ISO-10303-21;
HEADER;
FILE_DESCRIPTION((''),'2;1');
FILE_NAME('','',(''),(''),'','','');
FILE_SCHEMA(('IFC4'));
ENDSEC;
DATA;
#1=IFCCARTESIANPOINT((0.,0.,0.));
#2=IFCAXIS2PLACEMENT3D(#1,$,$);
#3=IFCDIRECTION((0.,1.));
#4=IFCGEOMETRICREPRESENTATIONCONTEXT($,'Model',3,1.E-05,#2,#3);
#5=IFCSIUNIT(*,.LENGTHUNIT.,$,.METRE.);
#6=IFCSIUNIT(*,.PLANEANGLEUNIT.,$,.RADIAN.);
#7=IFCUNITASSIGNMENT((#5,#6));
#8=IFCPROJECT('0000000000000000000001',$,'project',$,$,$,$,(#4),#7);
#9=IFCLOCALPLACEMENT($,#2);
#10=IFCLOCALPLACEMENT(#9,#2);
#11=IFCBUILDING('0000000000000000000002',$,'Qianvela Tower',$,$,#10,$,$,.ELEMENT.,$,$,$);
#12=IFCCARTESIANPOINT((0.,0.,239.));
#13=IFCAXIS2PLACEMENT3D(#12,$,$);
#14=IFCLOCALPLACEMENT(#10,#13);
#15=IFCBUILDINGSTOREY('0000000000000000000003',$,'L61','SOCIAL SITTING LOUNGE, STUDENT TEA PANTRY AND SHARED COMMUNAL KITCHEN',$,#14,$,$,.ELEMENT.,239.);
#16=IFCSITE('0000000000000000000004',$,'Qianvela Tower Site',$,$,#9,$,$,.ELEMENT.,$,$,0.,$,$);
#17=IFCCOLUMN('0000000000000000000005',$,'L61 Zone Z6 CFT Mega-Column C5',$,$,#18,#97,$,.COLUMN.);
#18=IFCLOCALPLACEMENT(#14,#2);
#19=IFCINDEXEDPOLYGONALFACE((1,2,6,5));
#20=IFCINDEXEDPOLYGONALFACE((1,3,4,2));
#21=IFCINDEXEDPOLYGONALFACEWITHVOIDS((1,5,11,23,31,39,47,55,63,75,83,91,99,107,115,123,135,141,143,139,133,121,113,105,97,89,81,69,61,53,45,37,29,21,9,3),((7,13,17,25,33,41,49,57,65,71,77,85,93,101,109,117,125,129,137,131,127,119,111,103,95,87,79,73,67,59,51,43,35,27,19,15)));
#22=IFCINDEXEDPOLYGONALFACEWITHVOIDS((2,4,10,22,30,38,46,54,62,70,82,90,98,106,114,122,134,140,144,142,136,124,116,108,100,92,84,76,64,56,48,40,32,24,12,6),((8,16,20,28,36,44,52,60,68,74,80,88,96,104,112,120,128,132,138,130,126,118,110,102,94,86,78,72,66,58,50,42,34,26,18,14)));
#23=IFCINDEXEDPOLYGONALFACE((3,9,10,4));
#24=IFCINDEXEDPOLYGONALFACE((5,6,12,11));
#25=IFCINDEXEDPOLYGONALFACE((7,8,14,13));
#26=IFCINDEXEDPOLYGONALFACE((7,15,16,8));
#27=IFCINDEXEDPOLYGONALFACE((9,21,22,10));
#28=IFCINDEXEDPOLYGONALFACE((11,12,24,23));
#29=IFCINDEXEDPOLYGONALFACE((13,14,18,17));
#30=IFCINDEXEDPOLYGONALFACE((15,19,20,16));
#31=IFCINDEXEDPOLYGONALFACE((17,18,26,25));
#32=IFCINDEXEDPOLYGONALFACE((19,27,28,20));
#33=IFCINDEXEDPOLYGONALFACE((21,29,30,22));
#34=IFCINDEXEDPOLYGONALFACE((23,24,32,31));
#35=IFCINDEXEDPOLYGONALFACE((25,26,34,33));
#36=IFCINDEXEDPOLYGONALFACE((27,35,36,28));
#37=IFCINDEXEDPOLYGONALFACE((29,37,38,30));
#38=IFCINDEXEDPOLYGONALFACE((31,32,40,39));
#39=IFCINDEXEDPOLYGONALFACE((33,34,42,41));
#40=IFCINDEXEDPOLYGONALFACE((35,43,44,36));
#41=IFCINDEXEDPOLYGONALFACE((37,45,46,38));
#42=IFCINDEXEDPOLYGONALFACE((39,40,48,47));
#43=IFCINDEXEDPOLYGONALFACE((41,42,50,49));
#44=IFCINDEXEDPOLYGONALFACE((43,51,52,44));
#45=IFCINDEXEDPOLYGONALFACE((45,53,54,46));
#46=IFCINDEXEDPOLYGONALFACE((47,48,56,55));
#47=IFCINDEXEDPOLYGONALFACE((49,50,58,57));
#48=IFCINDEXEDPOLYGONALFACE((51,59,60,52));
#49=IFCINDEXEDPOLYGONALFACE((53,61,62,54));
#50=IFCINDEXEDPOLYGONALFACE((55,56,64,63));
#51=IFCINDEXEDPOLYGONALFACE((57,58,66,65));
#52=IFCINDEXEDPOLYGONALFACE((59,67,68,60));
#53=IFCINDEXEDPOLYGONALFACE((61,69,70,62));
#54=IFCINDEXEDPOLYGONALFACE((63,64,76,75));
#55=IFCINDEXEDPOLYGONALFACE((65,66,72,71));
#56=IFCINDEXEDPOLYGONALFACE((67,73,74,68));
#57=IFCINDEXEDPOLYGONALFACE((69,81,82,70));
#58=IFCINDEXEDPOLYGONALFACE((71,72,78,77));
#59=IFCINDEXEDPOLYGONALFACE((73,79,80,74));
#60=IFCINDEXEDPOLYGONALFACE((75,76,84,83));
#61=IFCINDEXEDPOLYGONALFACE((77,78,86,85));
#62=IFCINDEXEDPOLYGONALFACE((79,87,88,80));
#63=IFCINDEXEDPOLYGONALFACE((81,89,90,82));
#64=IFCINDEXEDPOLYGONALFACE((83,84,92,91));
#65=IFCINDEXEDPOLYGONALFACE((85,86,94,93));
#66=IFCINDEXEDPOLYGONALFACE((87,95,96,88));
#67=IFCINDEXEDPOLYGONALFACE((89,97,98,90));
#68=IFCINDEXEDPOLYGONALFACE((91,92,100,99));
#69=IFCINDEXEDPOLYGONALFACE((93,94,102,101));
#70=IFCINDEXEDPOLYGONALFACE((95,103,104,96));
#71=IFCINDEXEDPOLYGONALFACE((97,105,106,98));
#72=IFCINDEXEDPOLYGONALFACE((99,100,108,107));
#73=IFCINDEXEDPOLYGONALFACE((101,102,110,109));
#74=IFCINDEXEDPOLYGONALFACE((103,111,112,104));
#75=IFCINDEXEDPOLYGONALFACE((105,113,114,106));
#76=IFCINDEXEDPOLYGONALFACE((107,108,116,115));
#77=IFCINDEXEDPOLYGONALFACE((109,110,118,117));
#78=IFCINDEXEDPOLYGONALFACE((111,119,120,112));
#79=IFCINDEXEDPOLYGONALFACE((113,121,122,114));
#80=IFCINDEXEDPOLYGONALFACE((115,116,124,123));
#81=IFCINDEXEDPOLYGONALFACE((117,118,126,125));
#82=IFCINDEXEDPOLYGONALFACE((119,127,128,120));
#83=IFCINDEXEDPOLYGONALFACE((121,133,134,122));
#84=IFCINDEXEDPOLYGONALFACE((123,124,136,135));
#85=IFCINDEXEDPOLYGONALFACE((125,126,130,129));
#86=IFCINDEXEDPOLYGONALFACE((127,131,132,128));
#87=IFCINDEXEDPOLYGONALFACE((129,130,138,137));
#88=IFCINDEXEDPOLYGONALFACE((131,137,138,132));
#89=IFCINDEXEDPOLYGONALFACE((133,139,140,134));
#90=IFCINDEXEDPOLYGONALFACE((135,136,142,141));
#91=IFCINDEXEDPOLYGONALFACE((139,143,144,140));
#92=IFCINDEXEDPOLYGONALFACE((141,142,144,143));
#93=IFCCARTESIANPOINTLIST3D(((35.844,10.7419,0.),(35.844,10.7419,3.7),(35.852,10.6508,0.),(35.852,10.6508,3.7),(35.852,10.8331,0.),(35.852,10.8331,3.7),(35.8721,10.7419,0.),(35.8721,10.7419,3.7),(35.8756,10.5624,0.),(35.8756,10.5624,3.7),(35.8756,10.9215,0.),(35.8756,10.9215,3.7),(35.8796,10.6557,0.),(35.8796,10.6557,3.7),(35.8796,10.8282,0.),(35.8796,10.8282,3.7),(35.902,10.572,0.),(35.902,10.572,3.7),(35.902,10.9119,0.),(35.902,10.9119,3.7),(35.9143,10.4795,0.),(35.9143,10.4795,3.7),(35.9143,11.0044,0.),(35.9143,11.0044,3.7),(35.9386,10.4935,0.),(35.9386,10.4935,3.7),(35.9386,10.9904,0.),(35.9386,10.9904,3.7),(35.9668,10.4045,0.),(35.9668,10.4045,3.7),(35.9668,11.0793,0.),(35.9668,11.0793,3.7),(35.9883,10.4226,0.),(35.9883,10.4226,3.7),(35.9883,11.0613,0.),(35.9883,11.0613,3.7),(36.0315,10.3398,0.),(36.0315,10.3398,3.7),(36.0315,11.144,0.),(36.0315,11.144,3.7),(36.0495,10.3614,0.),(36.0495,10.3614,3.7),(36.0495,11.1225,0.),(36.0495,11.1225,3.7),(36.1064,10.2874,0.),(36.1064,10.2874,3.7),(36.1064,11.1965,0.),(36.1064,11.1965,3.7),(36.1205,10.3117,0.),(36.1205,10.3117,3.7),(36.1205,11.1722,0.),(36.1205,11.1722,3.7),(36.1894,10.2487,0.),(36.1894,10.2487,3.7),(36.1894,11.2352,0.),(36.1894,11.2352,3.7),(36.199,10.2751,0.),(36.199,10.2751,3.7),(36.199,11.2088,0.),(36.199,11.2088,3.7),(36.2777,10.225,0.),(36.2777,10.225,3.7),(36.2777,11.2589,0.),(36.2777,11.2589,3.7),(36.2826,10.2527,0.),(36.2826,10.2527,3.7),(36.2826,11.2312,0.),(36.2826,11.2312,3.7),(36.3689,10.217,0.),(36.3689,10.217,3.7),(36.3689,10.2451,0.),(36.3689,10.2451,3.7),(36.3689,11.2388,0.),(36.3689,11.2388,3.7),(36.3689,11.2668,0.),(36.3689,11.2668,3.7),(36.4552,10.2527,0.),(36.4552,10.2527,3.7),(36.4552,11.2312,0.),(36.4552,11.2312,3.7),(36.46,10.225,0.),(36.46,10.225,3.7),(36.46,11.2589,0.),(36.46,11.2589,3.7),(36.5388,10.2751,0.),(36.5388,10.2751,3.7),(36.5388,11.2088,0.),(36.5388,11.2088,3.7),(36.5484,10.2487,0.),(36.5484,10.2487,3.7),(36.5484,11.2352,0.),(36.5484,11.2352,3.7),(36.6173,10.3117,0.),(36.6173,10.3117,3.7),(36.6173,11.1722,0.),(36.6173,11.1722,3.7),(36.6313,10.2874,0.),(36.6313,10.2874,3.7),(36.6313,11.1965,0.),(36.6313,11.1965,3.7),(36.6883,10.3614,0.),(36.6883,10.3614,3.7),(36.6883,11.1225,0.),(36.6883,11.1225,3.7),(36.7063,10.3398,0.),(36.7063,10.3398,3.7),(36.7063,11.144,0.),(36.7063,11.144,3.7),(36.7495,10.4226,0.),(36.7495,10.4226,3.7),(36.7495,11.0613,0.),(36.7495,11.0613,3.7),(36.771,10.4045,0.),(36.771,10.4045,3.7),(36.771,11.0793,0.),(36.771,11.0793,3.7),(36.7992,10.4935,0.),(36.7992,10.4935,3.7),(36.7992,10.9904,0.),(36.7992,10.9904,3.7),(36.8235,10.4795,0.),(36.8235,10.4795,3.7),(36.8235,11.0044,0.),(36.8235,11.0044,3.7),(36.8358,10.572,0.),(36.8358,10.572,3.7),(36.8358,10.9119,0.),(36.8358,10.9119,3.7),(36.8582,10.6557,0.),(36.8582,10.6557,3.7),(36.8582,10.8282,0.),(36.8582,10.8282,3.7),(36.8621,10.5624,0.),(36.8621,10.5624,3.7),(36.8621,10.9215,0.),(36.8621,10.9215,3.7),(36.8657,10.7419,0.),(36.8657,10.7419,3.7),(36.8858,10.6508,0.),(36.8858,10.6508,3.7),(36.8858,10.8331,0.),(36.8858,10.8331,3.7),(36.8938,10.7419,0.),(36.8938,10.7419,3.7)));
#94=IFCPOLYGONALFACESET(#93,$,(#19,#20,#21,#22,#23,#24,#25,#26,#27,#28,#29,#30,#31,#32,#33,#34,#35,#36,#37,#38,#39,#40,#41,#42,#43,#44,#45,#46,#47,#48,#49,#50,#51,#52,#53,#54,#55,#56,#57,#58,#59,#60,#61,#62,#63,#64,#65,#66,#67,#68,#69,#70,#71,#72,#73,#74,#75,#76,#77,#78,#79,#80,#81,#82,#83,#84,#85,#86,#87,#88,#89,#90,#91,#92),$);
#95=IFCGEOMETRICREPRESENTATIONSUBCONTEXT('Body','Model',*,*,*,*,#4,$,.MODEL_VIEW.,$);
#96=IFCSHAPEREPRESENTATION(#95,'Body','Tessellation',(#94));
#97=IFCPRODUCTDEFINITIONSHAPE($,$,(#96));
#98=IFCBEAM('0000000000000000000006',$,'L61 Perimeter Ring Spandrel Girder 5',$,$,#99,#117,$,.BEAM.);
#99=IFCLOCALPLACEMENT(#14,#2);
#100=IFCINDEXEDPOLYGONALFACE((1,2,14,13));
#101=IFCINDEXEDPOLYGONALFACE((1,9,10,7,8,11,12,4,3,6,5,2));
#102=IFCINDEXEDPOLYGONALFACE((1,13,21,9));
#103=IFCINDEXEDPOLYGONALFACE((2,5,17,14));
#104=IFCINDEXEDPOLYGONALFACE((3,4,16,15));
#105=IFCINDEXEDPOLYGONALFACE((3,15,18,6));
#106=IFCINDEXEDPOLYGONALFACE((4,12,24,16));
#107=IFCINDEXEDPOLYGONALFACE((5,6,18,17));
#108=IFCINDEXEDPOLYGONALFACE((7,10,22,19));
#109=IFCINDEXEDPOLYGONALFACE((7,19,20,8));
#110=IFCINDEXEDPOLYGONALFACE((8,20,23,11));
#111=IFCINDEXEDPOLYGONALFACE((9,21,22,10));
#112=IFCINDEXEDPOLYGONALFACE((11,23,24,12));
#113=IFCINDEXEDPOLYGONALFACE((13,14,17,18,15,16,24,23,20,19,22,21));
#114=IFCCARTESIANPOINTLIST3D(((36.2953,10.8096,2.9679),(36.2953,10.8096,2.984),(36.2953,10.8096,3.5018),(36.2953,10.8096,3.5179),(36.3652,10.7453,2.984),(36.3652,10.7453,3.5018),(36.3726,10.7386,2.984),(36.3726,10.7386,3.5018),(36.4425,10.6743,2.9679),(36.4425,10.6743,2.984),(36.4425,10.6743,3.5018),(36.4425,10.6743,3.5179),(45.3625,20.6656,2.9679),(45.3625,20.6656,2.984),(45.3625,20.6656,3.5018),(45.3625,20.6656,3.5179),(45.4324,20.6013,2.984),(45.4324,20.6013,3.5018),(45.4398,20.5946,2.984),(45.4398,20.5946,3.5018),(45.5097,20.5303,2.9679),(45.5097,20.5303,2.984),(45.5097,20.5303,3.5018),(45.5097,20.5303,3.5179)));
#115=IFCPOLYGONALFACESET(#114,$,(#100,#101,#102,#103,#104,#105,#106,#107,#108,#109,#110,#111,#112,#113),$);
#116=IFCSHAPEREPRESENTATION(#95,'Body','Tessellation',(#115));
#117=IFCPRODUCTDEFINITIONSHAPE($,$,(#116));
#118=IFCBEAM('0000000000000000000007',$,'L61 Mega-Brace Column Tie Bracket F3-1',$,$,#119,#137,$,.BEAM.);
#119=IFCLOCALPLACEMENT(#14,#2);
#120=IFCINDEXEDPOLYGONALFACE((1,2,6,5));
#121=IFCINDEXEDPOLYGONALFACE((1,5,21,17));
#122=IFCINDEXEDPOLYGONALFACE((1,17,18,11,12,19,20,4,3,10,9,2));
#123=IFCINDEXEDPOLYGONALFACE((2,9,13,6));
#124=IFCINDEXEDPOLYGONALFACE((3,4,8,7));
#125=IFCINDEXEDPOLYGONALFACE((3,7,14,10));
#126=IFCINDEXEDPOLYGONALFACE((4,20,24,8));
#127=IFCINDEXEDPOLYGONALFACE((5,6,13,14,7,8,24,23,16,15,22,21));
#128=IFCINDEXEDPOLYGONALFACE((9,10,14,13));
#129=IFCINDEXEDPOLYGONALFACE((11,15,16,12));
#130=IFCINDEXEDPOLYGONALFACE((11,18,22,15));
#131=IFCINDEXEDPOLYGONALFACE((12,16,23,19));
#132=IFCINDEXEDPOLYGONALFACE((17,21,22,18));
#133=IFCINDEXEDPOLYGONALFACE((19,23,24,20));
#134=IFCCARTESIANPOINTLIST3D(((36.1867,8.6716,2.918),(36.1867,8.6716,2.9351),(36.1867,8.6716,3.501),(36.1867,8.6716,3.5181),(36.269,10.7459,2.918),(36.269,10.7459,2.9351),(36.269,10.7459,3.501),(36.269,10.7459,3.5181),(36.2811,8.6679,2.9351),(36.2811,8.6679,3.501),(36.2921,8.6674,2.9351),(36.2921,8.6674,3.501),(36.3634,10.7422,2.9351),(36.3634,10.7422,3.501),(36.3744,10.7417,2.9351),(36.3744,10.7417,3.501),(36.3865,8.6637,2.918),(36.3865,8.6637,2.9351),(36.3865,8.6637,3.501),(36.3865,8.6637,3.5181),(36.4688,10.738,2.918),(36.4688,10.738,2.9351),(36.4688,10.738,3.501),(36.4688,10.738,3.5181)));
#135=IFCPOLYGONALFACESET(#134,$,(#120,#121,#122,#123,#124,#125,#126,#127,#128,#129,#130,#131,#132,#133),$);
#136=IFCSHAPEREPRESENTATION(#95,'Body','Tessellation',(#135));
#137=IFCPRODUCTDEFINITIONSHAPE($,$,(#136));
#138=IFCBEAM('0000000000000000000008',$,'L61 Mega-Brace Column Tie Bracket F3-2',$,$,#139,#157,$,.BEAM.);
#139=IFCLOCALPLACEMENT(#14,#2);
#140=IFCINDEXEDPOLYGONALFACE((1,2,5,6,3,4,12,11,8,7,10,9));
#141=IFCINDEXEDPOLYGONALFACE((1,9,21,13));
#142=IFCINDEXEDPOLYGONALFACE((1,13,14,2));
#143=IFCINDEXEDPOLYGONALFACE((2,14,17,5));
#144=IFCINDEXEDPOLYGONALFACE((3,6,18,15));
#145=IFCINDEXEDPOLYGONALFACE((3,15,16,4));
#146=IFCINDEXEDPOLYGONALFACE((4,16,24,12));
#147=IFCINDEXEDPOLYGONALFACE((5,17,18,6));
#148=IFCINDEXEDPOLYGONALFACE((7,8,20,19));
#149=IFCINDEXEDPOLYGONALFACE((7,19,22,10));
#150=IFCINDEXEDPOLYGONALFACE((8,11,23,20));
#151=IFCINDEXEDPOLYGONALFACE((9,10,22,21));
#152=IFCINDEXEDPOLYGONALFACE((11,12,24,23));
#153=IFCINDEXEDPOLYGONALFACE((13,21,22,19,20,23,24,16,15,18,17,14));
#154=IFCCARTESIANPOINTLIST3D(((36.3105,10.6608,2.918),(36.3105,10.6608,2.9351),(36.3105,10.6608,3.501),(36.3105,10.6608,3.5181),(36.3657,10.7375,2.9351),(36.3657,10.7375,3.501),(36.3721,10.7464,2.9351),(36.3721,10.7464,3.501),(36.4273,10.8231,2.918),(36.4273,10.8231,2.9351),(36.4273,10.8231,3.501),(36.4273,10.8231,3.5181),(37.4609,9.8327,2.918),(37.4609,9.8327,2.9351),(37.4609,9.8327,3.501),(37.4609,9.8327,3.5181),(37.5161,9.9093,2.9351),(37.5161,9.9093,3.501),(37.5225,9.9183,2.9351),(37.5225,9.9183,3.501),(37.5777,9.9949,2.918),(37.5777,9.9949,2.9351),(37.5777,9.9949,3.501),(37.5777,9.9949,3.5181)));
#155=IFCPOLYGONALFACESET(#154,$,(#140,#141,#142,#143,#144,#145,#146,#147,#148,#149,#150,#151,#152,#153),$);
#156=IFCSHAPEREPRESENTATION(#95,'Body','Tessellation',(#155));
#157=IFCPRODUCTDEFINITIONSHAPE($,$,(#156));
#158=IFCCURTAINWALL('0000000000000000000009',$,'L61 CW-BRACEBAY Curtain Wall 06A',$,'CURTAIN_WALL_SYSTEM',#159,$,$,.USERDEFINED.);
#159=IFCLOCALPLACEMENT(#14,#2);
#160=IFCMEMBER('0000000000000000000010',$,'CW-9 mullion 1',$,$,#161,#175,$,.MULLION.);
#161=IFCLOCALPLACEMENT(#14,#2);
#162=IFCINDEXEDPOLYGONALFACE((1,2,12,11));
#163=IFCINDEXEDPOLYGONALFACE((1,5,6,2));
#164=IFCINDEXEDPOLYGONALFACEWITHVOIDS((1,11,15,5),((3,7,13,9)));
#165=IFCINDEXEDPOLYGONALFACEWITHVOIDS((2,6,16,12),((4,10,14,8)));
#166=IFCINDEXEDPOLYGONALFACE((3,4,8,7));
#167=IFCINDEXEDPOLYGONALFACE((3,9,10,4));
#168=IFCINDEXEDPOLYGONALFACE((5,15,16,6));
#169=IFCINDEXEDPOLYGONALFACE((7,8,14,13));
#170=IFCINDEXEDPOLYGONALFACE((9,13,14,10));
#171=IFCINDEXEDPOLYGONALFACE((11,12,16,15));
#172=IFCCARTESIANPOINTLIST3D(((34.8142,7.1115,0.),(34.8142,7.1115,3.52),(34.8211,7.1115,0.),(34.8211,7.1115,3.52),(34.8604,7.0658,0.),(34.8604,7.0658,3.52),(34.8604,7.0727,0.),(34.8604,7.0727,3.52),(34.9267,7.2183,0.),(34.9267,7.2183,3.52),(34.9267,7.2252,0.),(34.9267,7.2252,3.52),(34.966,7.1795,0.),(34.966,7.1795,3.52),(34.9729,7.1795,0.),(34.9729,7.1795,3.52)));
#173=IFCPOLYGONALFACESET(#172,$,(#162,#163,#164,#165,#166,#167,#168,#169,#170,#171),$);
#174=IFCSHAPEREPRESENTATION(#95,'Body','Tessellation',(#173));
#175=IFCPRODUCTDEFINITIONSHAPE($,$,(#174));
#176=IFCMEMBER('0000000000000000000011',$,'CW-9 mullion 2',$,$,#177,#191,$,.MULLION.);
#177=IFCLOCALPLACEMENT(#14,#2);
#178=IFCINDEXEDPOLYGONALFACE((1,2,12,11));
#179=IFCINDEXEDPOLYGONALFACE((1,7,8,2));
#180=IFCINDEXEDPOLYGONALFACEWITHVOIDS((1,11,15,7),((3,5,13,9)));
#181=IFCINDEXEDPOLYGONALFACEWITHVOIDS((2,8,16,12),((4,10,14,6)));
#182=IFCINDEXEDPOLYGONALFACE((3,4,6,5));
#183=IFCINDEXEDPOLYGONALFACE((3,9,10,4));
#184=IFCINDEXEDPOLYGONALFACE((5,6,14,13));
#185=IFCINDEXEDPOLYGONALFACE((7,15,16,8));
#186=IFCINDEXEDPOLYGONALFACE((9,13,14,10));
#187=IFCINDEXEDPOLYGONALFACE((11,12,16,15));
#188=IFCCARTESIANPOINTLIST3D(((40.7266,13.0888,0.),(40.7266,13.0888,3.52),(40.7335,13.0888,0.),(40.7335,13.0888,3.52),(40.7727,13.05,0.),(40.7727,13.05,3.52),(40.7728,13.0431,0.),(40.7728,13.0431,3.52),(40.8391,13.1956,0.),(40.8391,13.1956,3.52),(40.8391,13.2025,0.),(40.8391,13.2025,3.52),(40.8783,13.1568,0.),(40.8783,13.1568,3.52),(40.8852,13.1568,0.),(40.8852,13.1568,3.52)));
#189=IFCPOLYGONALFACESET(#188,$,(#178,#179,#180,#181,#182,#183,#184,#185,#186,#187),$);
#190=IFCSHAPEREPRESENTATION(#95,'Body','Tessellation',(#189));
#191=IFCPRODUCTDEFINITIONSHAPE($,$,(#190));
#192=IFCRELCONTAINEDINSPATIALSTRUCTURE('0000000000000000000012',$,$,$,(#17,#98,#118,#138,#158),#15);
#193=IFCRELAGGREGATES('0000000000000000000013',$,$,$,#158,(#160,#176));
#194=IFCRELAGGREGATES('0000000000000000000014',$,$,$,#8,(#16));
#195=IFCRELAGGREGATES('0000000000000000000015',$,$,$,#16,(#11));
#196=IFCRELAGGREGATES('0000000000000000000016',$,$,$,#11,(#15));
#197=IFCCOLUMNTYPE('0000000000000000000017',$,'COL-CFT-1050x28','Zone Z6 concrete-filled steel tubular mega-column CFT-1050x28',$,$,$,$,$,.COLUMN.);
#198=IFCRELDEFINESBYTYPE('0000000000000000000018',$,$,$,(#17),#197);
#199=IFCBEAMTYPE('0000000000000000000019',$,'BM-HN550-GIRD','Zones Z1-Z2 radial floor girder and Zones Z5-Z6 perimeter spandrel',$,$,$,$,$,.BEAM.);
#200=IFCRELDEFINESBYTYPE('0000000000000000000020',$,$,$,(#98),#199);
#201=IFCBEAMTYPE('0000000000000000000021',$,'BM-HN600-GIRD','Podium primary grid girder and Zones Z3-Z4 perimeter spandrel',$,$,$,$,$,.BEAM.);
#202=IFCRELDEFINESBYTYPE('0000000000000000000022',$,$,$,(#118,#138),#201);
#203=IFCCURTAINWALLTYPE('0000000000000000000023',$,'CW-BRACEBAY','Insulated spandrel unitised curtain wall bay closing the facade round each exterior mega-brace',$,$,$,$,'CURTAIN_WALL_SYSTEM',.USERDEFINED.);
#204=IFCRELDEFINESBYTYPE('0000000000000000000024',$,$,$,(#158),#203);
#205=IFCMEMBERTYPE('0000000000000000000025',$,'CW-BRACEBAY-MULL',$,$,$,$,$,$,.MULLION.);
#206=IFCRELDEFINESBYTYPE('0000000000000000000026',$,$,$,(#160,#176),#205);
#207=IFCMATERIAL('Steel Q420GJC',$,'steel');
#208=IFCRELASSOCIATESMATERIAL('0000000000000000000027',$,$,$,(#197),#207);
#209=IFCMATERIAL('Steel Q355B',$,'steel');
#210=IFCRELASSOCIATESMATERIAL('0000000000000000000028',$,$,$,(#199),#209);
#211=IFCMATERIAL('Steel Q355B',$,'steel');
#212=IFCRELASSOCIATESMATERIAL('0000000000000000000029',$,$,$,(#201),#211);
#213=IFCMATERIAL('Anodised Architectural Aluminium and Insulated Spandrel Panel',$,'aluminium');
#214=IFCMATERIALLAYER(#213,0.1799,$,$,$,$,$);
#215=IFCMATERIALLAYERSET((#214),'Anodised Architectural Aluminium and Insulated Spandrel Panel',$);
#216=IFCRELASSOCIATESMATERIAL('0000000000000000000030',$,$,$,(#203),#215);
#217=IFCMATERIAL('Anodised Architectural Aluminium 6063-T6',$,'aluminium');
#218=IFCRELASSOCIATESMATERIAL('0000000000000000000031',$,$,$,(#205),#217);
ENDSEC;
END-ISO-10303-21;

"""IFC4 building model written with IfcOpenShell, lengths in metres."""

from ifc_helpers import new_model, si_unit, direction, frame, origin, origin_2d, place, context, subcontext, project, spatial, hollow_rectangle, hollow_circle, i_section, extrude, material, layer, layer_set, material_profile, profile_set, type_object, element, aggregate, save


model = new_model("IFC4")

# Units and contexts
model_context = context("Model", 3, precision=1e-05, world=origin(), true_north=direction((0.0, 1.0)))
body_context = subcontext(model_context, "Body", "Model", "MODEL_VIEW")
ifc_project = project(units=[si_unit("LENGTHUNIT", "METRE"), si_unit("PLANEANGLEUNIT", "RADIAN")], contexts=[model_context])

# Site, building, storey
site_placement = place(None, origin())
site = spatial("IfcSite", under=ifc_project, at=site_placement, Name="Qianvela Tower Site", CompositionType="ELEMENT", RefElevation=0.0)
building_placement = place(site_placement, origin())
building = spatial("IfcBuilding", under=site, at=building_placement, Name="Qianvela Tower", CompositionType="ELEMENT")
storey_placement = place(building_placement, frame((0.0, 0.0, 239.0)))
storey = spatial("IfcBuildingStorey", under=building, at=storey_placement, Name="L61", Description="SOCIAL SITTING LOUNGE, STUDENT TEA PANTRY AND SHARED COMMUNAL KITCHEN", CompositionType="ELEMENT", Elevation=239.0)

# Column
ifc_material_1 = material(Name="Steel Q420GJC", Category="steel")
ifc_material_profile_1 = material_profile(ifc_material_1, hollow_circle(Radius=0.5249, WallThickness=0.0281, at=origin_2d()), Name="CFT-1050x28")
ifc_profile_set_1 = profile_set([ifc_material_profile_1], Name="Steel Q420GJC")
column_type = type_object("IfcColumnType", Name="COL-CFT-1050x28", Description="Zone Z6 concrete-filled steel tubular mega-column CFT-1050x28", PredefinedType="COLUMN", material=ifc_profile_set_1)
column_placement = place(storey_placement, frame((36.3689, 10.7419, 0.0), z_axis=(0.0, 0.0, 1.0), x_axis=(1.0, 0.0, 0.0)))
element("IfcColumn", 1, at=column_placement, inside=storey, type_object=column_type, Name="L61 Zone Z6 CFT Mega-Column C5", PredefinedType="COLUMN", context=body_context, shape_type="SweptSolid", body=[
    extrude(hollow_circle(Radius=0.5249, WallThickness=0.0281, at=origin_2d()), origin(), (0.0, 0.0, 1.0), 3.7),
])

# Beams
ifc_material_2 = material(Name="Steel Q355B", Category="steel")
ifc_material_profile_2 = material_profile(ifc_material_2, i_section(OverallWidth=0.2, OverallDepth=0.55, WebThickness=0.01, FlangeThickness=0.0161, at=origin_2d()), Name="HN550x200x10x16")
ifc_profile_set_2 = profile_set([ifc_material_profile_2], Name="Steel Q355B")
beam_type_1 = type_object("IfcBeamType", Name="BM-HN550-GIRD", Description="Zones Z1-Z2 radial floor girder and Zones Z5-Z6 perimeter spandrel", PredefinedType="BEAM", material=ifc_profile_set_2)
beam_1_placement = place(storey_placement, frame((36.3689, 10.7419, 3.2429), z_axis=(0.677043, 0.735944, 0.0), x_axis=(-0.735944, 0.677043, 0.0)))
element("IfcBeam", 2, at=beam_1_placement, inside=storey, type_object=beam_type_1, Name="L61 Perimeter Ring Spandrel Girder 5", PredefinedType="BEAM", context=body_context, shape_type="SweptSolid", body=[
    extrude(i_section(OverallWidth=0.2, OverallDepth=0.55, WebThickness=0.01, FlangeThickness=0.0161, at=origin_2d()), origin(), (0.0, 0.0, 1.0), 13.3923),
])
ifc_material_3 = material(Name="Steel Q355B", Category="steel")
ifc_material_profile_3 = material_profile(ifc_material_3, i_section(OverallWidth=0.2, OverallDepth=0.6001, WebThickness=0.011, FlangeThickness=0.0171, at=origin_2d()), Name="HN600x200x11x17")
ifc_profile_set_3 = profile_set([ifc_material_profile_3], Name="Steel Q355B")
beam_type_2 = type_object("IfcBeamType", Name="BM-HN600-GIRD", Description="Podium primary grid girder and Zones Z3-Z4 perimeter spandrel", PredefinedType="BEAM", material=ifc_profile_set_3)
beam_2_placement = place(storey_placement, frame((36.3689, 10.7419, 3.218), z_axis=(-0.039635, -0.999214, 0.0), x_axis=(0.999214, -0.039635, 0.0)))
element("IfcBeam", 3, at=beam_2_placement, inside=storey, type_object=beam_type_2, Name="L61 Mega-Brace Column Tie Bracket F3-1", PredefinedType="BEAM", context=body_context, shape_type="SweptSolid", body=[
    extrude(i_section(OverallWidth=0.2, OverallDepth=0.6001, WebThickness=0.011, FlangeThickness=0.0171, at=origin_2d()), origin(), (0.0, 0.0, 1.0), 2.0759),
])
beam_3_placement = place(storey_placement, frame((36.3689, 10.7419, 3.218), z_axis=(0.811587, -0.584232, 0.0), x_axis=(0.584232, 0.811587, 0.0)))
element("IfcBeam", 4, at=beam_3_placement, inside=storey, type_object=beam_type_2, Name="L61 Mega-Brace Column Tie Bracket F3-2", PredefinedType="BEAM", context=body_context, shape_type="SweptSolid", body=[
    extrude(i_section(OverallWidth=0.2, OverallDepth=0.6001, WebThickness=0.011, FlangeThickness=0.0171, at=origin_2d()), origin(), (0.0, 0.0, 1.0), 1.4175),
])

# Curtain wall, members
ifc_material_4 = material(Name="Anodised Architectural Aluminium and Insulated Spandrel Panel", Category="aluminium")
ifc_layer_1 = layer(ifc_material_4, 0.1799)
ifc_layer_set_1 = layer_set([ifc_layer_1], Name="Anodised Architectural Aluminium and Insulated Spandrel Panel")
curtain_wall_type_1 = type_object("IfcCurtainWallType", Name="CW-BRACEBAY", Description="Insulated spandrel unitised curtain wall bay closing the facade round each exterior mega-brace", ElementType="CURTAIN_WALL_SYSTEM", PredefinedType="USERDEFINED", material=ifc_layer_set_1)
curtain_wall_1_placement = place(storey_placement, origin())
curtain_wall_1 = element("IfcCurtainWall", 5, at=curtain_wall_1_placement, inside=storey, type_object=curtain_wall_type_1, Name="L61 CW-BRACEBAY Curtain Wall 06A", ObjectType="CURTAIN_WALL_SYSTEM", PredefinedType="USERDEFINED")
ifc_material_5 = material(Name="Anodised Architectural Aluminium 6063-T6", Category="aluminium")
ifc_material_profile_4 = material_profile(ifc_material_5, hollow_rectangle(XDim=0.0649, YDim=0.1599, WallThickness=0.0049, at=origin_2d()), Name="ALU-MULL-65x160")
ifc_profile_set_4 = profile_set([ifc_material_profile_4], Name="Anodised Architectural Aluminium 6063-T6")
member_type_1 = type_object("IfcMemberType", Name="CW-BRACEBAY-MULL", PredefinedType="MULLION", material=ifc_profile_set_4)
member_1_placement = place(storey_placement, frame((34.8936, 7.1455, 0.0), z_axis=(0.0, 0.0, 1.0), x_axis=(-0.710962, 0.703231, 0.0)))
member_1 = element("IfcMember", 6, at=member_1_placement, type_object=member_type_1, Name="CW-9 mullion 1", PredefinedType="MULLION", context=body_context, shape_type="SweptSolid", body=[
    extrude(hollow_rectangle(XDim=0.0649, YDim=0.1599, WallThickness=0.0049, at=origin_2d()), origin(), (0.0, 0.0, 1.0), 3.52),
])
member_2_placement = place(storey_placement, frame((40.8059, 13.1228, 0.0), z_axis=(0.0, 0.0, 1.0), x_axis=(-0.710962, 0.703231, 0.0)))
member_2 = element("IfcMember", 7, at=member_2_placement, type_object=member_type_1, Name="CW-9 mullion 2", PredefinedType="MULLION", context=body_context, shape_type="SweptSolid", body=[
    extrude(hollow_rectangle(XDim=0.0649, YDim=0.1599, WallThickness=0.0049, at=origin_2d()), origin(), (0.0, 0.0, 1.0), 3.52),
])

aggregate(curtain_wall_1, [member_1, member_2])

save(model, "model.ifc")
